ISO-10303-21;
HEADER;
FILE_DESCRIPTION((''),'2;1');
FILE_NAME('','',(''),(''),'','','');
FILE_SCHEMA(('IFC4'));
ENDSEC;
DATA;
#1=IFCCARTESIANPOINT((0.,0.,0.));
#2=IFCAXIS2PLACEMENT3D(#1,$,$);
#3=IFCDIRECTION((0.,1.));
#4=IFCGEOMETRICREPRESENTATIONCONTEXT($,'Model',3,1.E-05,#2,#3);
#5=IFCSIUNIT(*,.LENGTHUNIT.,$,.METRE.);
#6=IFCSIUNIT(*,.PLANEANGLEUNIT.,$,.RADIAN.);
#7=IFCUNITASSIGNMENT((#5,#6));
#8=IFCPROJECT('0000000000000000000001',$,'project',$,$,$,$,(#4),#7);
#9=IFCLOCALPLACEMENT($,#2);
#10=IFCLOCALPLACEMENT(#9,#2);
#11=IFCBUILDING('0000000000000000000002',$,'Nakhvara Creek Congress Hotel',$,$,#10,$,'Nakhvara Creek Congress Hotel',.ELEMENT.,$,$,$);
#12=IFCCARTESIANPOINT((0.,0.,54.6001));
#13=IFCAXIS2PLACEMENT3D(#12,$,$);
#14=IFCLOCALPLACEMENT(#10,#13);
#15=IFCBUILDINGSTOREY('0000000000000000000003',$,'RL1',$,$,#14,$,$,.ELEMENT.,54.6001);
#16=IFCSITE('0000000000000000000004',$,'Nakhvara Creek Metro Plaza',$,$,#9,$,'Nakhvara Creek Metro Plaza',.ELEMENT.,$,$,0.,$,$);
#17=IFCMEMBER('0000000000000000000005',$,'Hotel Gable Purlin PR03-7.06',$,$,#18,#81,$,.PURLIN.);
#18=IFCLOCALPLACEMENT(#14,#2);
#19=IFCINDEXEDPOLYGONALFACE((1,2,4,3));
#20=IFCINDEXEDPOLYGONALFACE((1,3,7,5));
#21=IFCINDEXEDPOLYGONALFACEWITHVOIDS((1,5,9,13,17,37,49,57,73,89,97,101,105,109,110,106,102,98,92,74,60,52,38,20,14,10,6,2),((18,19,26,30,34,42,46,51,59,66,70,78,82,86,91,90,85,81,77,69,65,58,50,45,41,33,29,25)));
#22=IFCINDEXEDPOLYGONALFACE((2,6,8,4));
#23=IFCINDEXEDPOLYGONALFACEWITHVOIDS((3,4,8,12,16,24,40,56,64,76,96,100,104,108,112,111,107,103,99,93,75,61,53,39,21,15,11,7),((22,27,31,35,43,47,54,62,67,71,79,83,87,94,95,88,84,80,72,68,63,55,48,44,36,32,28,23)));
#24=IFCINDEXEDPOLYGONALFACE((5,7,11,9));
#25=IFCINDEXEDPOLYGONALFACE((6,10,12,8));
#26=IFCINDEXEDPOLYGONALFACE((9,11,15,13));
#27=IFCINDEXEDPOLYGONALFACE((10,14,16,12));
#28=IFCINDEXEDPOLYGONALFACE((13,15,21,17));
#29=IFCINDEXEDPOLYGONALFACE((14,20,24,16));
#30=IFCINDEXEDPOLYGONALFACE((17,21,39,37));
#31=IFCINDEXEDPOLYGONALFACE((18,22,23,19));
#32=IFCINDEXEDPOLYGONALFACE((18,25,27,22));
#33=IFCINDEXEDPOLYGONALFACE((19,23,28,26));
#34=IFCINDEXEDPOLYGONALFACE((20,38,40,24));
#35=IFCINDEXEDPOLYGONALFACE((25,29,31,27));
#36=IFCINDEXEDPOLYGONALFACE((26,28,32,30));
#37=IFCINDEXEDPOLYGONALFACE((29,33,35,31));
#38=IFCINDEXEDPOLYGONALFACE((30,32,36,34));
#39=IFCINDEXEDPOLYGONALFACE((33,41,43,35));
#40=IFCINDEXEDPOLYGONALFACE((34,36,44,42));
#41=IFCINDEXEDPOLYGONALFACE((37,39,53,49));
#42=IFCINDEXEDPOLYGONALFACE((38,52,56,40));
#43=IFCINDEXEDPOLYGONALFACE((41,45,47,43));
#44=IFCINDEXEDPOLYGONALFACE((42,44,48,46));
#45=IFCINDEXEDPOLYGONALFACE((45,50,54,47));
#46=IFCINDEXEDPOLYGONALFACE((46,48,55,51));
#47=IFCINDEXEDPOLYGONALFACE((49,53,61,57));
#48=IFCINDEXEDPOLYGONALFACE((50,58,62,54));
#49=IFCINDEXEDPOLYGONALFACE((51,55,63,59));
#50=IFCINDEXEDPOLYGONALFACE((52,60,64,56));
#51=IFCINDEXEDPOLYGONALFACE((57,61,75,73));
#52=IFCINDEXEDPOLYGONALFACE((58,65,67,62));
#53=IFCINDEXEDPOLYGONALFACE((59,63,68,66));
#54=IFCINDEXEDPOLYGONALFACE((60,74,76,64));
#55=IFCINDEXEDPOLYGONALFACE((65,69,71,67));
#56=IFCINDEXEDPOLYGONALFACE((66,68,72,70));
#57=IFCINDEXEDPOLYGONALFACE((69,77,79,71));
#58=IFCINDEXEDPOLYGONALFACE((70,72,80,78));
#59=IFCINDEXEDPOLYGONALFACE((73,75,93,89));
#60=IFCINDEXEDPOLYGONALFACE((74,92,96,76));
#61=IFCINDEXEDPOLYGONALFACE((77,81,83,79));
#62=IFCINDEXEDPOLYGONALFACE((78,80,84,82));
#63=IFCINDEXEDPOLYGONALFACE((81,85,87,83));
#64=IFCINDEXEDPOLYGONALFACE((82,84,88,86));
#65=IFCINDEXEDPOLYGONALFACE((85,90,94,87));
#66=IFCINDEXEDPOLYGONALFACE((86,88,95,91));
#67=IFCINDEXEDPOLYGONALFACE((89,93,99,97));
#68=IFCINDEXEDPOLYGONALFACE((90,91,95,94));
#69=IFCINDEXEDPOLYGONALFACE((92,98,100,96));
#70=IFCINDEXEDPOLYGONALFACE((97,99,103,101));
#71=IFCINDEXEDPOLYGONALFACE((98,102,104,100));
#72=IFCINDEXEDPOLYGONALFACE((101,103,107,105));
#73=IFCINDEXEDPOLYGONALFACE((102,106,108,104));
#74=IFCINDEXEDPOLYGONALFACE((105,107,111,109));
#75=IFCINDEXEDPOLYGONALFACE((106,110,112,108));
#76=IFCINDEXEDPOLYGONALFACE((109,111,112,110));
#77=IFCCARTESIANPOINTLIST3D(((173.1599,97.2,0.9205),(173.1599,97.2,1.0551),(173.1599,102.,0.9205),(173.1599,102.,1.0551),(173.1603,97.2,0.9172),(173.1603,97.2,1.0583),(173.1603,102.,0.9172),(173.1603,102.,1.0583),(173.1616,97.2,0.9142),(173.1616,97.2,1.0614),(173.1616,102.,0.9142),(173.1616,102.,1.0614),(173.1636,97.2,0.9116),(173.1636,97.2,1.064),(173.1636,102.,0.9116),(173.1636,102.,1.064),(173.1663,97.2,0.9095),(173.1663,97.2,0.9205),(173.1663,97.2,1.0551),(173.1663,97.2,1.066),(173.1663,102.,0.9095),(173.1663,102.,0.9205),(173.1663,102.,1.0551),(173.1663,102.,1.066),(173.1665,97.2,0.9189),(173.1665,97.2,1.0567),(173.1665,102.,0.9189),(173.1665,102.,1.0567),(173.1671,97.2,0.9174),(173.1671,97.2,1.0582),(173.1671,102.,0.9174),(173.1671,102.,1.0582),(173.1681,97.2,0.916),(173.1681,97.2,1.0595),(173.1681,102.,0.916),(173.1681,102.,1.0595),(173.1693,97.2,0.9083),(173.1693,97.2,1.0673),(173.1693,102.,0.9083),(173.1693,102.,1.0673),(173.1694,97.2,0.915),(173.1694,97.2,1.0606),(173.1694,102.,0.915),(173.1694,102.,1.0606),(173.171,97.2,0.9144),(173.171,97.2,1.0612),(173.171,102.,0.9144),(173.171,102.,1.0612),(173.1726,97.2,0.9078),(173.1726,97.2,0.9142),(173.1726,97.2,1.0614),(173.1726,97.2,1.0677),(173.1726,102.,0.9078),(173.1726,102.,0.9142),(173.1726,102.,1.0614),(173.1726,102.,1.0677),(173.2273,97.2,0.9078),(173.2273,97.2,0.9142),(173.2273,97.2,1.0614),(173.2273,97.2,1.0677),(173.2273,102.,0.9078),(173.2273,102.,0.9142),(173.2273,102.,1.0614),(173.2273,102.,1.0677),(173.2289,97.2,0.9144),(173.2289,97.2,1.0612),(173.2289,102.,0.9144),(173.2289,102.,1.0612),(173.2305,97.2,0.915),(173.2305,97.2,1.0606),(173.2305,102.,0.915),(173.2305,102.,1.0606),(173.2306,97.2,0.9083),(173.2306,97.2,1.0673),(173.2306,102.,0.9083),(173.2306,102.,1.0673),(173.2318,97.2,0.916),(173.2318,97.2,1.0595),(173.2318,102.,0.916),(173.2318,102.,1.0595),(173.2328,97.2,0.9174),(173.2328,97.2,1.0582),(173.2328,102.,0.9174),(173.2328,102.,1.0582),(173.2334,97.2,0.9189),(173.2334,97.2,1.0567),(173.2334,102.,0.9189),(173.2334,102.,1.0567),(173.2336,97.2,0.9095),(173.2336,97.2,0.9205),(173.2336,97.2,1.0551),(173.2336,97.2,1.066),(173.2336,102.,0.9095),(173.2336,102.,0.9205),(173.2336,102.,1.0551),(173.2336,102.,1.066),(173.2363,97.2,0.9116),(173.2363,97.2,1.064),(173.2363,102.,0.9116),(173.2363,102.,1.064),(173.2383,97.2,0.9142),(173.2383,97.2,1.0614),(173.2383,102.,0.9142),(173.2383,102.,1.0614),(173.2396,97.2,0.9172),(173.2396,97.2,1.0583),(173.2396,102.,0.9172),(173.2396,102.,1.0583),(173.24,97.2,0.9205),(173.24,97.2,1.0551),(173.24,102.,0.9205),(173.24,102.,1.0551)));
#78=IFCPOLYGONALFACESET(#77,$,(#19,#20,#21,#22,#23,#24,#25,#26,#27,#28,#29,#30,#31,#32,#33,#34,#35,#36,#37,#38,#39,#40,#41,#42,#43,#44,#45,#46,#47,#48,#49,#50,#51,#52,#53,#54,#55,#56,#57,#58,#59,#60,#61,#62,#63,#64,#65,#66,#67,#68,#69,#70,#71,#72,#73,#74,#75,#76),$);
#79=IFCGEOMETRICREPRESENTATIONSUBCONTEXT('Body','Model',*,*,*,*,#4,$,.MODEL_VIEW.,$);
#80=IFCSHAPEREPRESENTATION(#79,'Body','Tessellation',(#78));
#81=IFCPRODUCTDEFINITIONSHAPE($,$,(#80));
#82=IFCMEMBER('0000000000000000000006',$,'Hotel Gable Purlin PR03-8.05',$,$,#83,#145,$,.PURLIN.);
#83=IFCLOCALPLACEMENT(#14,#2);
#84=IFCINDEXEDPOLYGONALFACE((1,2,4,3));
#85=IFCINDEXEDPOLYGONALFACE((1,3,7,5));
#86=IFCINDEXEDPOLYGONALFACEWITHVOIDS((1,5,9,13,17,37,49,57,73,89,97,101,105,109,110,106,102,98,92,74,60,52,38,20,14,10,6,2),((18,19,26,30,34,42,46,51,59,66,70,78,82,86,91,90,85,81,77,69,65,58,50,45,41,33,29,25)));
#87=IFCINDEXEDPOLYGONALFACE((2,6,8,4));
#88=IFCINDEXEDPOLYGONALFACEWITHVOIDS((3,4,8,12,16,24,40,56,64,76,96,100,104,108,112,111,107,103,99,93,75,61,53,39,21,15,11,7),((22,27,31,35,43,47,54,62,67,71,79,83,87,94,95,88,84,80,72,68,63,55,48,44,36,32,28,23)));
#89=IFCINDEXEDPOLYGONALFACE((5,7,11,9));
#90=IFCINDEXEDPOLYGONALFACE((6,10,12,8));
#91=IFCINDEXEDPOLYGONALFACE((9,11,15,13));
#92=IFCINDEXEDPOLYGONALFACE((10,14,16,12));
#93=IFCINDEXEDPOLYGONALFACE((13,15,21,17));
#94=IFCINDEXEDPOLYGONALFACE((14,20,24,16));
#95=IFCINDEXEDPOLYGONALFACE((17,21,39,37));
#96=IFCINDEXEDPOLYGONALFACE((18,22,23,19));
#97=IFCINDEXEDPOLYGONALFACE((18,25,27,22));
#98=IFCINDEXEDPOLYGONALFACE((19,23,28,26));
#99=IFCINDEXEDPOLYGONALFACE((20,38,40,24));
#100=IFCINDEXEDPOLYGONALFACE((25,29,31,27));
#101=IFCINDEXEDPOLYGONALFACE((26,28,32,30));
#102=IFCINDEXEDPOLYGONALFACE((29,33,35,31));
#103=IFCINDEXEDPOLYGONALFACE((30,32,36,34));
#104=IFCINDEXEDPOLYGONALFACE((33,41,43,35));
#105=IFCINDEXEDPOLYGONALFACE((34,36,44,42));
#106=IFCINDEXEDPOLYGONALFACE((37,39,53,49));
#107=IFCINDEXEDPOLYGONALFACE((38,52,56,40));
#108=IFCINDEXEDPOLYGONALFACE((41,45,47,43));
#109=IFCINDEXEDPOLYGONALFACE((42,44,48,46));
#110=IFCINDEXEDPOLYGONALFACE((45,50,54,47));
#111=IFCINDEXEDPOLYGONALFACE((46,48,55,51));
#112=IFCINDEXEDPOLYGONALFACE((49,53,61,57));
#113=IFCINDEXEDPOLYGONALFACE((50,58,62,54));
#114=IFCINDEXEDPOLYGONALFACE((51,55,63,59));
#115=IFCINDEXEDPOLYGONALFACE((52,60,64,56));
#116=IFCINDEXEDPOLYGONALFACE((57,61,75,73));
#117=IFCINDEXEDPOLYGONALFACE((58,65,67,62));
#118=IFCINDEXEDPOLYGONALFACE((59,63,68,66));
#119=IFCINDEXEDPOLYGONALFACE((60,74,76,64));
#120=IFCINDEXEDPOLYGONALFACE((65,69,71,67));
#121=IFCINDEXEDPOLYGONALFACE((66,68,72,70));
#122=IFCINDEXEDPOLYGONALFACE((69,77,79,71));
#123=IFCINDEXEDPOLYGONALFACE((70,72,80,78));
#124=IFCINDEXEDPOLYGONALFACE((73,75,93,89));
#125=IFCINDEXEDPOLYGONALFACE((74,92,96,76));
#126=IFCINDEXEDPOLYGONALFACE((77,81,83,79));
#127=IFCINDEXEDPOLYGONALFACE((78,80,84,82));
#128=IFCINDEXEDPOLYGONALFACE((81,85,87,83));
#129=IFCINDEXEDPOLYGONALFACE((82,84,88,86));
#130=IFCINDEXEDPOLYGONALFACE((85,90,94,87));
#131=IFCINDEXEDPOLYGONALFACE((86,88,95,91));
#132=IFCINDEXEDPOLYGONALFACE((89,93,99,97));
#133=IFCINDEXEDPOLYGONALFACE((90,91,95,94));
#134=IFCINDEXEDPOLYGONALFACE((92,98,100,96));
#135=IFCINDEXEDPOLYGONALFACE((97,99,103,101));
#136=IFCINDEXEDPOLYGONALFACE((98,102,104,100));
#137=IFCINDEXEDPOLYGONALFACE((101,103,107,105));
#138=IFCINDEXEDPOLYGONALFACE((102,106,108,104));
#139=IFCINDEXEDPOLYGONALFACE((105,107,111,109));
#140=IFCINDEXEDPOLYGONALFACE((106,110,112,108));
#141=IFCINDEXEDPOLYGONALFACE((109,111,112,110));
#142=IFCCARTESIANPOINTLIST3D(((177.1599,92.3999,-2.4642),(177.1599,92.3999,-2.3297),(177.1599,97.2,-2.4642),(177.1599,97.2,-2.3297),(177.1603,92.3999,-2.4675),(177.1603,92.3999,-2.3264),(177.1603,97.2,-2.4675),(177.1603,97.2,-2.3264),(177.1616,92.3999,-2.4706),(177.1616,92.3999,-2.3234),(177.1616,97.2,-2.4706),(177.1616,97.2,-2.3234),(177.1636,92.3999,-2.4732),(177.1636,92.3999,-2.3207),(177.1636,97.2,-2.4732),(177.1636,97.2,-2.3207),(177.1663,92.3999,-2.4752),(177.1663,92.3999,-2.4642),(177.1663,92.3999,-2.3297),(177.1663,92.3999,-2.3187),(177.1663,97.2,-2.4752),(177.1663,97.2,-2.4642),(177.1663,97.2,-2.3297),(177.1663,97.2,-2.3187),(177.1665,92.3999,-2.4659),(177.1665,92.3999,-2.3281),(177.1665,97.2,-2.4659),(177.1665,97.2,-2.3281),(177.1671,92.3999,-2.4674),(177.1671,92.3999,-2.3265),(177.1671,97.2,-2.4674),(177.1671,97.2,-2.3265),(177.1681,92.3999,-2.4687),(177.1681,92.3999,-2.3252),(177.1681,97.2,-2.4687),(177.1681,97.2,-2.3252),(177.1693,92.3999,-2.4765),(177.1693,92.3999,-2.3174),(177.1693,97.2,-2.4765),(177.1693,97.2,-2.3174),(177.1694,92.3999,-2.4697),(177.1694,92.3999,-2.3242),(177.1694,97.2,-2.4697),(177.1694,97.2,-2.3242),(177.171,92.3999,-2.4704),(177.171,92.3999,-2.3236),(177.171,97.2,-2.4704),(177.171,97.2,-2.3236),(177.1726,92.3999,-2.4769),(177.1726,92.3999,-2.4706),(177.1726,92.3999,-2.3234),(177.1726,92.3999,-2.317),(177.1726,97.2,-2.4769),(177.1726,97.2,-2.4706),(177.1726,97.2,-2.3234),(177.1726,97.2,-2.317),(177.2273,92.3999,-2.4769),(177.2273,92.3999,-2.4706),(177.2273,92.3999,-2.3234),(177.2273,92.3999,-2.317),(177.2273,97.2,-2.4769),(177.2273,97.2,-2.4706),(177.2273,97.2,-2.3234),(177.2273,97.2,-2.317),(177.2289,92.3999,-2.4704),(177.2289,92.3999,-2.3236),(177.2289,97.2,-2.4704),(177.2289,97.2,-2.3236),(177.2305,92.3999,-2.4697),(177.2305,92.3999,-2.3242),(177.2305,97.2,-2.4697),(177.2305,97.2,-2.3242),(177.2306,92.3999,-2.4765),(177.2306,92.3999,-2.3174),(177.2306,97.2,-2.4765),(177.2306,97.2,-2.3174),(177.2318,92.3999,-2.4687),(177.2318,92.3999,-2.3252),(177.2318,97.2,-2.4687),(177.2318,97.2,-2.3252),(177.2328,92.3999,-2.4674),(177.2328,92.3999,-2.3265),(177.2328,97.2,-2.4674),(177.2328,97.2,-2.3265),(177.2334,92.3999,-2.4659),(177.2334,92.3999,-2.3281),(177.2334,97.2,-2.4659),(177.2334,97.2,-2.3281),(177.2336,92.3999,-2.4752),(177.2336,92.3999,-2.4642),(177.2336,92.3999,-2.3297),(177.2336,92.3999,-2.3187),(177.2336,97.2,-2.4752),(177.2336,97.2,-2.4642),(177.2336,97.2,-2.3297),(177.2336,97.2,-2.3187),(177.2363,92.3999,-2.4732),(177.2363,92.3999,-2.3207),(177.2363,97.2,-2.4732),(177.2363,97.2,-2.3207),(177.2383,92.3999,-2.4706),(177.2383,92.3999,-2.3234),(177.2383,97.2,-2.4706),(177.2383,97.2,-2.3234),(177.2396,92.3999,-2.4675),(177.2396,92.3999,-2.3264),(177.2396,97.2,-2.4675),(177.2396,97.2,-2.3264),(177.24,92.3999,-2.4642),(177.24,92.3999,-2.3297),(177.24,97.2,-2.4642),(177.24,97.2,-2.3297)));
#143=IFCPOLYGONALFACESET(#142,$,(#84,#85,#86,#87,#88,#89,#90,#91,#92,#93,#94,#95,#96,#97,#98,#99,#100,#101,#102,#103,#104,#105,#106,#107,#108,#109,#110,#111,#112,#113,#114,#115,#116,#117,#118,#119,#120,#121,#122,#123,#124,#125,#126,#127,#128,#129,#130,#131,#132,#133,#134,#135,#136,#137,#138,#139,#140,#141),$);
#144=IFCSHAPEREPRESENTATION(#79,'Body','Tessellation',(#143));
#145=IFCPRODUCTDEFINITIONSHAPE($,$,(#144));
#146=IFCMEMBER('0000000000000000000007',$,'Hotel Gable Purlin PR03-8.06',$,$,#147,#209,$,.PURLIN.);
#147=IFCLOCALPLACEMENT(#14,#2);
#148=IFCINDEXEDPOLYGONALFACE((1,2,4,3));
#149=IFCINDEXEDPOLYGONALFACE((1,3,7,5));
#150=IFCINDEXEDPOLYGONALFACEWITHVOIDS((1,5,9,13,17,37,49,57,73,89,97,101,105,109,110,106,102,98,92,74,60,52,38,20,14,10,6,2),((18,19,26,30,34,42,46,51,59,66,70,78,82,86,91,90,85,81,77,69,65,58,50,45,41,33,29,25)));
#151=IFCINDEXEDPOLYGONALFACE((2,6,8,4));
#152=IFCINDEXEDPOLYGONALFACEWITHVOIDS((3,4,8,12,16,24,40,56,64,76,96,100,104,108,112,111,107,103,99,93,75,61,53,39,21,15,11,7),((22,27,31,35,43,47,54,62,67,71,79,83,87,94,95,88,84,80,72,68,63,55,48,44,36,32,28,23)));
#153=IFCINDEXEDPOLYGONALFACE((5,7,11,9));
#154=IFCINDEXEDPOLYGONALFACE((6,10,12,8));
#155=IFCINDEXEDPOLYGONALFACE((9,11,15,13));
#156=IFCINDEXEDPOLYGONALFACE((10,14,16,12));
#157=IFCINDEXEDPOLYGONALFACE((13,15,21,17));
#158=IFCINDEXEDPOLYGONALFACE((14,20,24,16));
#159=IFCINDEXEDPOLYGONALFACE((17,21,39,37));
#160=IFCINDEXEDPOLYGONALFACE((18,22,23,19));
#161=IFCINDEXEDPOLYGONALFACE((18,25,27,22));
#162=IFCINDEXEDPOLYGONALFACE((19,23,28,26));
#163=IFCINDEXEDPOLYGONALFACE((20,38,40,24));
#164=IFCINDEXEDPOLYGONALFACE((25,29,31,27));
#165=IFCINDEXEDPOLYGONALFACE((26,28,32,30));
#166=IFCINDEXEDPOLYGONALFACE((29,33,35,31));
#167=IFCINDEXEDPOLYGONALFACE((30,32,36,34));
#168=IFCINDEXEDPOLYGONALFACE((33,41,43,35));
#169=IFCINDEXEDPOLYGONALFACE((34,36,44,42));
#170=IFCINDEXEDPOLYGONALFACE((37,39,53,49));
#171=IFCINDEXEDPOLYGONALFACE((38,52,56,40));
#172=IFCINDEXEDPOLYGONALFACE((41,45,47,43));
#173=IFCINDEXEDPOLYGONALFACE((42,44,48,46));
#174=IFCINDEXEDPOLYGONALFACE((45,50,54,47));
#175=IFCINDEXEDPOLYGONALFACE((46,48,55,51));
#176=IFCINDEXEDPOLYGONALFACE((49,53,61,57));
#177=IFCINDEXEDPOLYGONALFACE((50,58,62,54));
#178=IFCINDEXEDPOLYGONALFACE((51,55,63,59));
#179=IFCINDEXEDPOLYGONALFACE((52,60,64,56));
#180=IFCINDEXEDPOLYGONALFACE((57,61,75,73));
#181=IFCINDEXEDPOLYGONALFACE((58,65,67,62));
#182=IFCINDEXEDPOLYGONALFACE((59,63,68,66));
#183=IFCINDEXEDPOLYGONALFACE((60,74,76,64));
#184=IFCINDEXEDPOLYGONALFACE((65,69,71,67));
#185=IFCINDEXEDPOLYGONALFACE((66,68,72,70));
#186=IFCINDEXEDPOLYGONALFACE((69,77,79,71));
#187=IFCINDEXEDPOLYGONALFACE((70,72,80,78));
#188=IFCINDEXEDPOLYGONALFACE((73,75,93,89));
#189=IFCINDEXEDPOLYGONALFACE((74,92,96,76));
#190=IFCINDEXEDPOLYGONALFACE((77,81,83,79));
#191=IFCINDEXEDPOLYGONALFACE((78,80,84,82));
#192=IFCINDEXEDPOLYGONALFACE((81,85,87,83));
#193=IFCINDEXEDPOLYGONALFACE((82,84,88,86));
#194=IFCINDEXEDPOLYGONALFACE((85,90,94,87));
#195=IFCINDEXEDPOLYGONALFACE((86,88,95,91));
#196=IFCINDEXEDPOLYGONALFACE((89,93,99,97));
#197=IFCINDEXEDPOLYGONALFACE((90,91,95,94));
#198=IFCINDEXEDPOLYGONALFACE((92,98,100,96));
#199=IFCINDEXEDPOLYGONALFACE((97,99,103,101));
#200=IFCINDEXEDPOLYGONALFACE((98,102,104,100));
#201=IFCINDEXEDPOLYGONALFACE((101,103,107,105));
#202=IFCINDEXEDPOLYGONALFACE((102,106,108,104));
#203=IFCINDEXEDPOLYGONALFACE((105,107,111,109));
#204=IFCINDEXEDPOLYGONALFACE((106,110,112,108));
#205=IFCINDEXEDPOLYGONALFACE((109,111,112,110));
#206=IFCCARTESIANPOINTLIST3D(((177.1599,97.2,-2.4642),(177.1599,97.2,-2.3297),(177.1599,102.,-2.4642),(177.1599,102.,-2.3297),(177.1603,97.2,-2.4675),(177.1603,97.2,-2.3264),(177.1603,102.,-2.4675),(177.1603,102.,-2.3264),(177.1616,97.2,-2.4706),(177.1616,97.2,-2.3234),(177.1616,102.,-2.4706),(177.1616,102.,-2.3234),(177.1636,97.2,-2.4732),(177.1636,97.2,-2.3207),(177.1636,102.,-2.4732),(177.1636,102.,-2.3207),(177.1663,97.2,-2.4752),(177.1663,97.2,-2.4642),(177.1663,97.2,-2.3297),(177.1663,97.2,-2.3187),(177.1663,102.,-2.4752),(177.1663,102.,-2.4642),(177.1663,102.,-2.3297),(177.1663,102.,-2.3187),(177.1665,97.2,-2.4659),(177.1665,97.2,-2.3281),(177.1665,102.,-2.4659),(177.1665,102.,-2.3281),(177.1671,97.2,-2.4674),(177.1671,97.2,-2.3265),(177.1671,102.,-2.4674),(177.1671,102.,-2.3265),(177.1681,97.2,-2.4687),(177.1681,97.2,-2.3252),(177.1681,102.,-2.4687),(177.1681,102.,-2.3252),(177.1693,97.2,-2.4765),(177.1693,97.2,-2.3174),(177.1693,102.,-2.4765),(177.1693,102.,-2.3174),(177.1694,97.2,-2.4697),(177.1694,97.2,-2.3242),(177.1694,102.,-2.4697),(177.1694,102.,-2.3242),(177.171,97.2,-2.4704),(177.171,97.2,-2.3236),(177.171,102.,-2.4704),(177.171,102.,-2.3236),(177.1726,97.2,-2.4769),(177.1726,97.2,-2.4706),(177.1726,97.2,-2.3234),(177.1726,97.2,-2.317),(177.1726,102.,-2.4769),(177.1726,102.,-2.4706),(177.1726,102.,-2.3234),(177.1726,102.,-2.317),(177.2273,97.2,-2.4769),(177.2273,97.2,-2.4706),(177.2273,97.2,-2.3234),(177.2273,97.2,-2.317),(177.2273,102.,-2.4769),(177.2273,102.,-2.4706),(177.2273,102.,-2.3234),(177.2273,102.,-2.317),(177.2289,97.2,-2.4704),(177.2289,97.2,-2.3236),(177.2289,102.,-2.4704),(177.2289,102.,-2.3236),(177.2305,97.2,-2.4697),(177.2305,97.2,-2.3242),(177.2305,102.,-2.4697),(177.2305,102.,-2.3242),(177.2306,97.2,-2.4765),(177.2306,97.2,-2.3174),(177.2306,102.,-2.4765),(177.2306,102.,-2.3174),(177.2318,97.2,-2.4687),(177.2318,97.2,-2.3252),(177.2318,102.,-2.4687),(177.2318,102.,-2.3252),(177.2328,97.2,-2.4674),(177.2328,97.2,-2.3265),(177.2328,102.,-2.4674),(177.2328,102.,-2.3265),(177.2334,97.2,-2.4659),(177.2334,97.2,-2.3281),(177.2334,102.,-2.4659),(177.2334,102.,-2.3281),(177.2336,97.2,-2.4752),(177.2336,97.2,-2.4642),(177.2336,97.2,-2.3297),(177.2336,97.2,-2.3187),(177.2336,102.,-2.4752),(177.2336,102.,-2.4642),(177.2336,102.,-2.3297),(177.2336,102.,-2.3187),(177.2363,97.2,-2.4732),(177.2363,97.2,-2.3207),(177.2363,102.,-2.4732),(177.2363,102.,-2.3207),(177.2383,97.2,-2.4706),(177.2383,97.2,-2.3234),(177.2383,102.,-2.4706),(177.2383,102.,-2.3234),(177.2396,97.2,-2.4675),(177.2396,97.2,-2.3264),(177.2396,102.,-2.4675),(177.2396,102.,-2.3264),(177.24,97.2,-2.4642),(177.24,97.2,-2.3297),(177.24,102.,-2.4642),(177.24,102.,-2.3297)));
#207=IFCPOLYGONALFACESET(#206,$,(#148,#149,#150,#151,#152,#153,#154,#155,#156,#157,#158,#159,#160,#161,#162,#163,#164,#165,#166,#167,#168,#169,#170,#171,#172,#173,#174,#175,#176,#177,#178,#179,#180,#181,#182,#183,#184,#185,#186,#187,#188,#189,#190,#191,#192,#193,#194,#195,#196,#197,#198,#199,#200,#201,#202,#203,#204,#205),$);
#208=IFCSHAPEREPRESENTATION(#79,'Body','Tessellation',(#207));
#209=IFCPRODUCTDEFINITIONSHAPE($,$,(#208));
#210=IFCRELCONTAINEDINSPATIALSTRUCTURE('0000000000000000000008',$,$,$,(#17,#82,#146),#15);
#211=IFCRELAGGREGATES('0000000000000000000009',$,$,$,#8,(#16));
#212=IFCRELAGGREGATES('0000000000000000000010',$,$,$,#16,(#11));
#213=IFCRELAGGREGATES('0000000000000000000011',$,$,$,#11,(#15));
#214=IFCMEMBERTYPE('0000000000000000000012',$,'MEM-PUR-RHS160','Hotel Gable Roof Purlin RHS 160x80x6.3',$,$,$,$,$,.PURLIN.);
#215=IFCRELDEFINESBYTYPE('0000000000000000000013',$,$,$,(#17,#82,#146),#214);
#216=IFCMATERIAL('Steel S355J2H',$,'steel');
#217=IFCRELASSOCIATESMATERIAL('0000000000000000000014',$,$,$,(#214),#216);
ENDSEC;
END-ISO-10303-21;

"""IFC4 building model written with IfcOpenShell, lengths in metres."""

from ifc_helpers import new_model, si_unit, direction, frame, origin, origin_2d, place, context, subcontext, project, spatial, hollow_rectangle, extrude, material, material_profile, profile_set, type_object, element, save


model = new_model("IFC4")

# Units and contexts
model_context = context("Model", 3, precision=1e-05, world=origin(), true_north=direction((0.0, 1.0)))
body_context = subcontext(model_context, "Body", "Model", "MODEL_VIEW")
ifc_project = project(units=[si_unit("LENGTHUNIT", "METRE"), si_unit("PLANEANGLEUNIT", "RADIAN")], contexts=[model_context])

# Site, building, storey
site_placement = place(None, origin())
site = spatial("IfcSite", under=ifc_project, at=site_placement, Name="Nakhvara Creek Metro Plaza", LongName="Nakhvara Creek Metro Plaza", CompositionType="ELEMENT", RefElevation=0.0)
building_placement = place(site_placement, origin())
building = spatial("IfcBuilding", under=site, at=building_placement, Name="Nakhvara Creek Congress Hotel", LongName="Nakhvara Creek Congress Hotel", CompositionType="ELEMENT")
storey_placement = place(building_placement, frame((0.0, 0.0, 54.6001)))
storey = spatial("IfcBuildingStorey", under=building, at=storey_placement, Name="RL1", CompositionType="ELEMENT", Elevation=54.6001)

# Members
ifc_material_1 = material(Name="Steel S355J2H", Category="steel")
ifc_material_profile_1 = material_profile(ifc_material_1, hollow_rectangle(XDim=0.0801, YDim=0.1599, WallThickness=0.0063, InnerFilletRadius=0.0063, OuterFilletRadius=0.0127, at=origin_2d()), Name="RHS 160x80x6.3", Category="LoadBearing")
ifc_profile_set_1 = profile_set([ifc_material_profile_1], Name="Steel S355J2H")
member_type_1 = type_object("IfcMemberType", Name="MEM-PUR-RHS160", Description="Hotel Gable Roof Purlin RHS 160x80x6.3", PredefinedType="PURLIN", material=ifc_profile_set_1)
for number, where, z_axis, x_axis, name in (
    (1, (173.2, 97.2, 0.9878), (0.0, 1.0, 0.0), (-1.0, 0.0, 0.0), "Hotel Gable Purlin PR03-7.06"),
    (2, (177.2, 92.3999, -2.397), (0.0, 1.0, 0.0), (-1.0, 0.0, 0.0), "Hotel Gable Purlin PR03-8.05"),
    (3, (177.2, 97.2, -2.397), (0.0, 1.0, 0.0), (-1.0, 0.0, 0.0), "Hotel Gable Purlin PR03-8.06"),
):
    element("IfcMember", number, at=place(storey_placement, frame(where, z_axis=z_axis, x_axis=x_axis)), inside=storey, type_object=member_type_1, Name=name, PredefinedType="PURLIN", context=body_context, shape_type="SweptSolid", body=[
        extrude(hollow_rectangle(XDim=0.0801, YDim=0.1599, WallThickness=0.0063, InnerFilletRadius=0.0063, OuterFilletRadius=0.0127, at=origin_2d()), origin(), (0.0, 0.0, 1.0), 4.8),
    ])

save(model, "model.ifc")
